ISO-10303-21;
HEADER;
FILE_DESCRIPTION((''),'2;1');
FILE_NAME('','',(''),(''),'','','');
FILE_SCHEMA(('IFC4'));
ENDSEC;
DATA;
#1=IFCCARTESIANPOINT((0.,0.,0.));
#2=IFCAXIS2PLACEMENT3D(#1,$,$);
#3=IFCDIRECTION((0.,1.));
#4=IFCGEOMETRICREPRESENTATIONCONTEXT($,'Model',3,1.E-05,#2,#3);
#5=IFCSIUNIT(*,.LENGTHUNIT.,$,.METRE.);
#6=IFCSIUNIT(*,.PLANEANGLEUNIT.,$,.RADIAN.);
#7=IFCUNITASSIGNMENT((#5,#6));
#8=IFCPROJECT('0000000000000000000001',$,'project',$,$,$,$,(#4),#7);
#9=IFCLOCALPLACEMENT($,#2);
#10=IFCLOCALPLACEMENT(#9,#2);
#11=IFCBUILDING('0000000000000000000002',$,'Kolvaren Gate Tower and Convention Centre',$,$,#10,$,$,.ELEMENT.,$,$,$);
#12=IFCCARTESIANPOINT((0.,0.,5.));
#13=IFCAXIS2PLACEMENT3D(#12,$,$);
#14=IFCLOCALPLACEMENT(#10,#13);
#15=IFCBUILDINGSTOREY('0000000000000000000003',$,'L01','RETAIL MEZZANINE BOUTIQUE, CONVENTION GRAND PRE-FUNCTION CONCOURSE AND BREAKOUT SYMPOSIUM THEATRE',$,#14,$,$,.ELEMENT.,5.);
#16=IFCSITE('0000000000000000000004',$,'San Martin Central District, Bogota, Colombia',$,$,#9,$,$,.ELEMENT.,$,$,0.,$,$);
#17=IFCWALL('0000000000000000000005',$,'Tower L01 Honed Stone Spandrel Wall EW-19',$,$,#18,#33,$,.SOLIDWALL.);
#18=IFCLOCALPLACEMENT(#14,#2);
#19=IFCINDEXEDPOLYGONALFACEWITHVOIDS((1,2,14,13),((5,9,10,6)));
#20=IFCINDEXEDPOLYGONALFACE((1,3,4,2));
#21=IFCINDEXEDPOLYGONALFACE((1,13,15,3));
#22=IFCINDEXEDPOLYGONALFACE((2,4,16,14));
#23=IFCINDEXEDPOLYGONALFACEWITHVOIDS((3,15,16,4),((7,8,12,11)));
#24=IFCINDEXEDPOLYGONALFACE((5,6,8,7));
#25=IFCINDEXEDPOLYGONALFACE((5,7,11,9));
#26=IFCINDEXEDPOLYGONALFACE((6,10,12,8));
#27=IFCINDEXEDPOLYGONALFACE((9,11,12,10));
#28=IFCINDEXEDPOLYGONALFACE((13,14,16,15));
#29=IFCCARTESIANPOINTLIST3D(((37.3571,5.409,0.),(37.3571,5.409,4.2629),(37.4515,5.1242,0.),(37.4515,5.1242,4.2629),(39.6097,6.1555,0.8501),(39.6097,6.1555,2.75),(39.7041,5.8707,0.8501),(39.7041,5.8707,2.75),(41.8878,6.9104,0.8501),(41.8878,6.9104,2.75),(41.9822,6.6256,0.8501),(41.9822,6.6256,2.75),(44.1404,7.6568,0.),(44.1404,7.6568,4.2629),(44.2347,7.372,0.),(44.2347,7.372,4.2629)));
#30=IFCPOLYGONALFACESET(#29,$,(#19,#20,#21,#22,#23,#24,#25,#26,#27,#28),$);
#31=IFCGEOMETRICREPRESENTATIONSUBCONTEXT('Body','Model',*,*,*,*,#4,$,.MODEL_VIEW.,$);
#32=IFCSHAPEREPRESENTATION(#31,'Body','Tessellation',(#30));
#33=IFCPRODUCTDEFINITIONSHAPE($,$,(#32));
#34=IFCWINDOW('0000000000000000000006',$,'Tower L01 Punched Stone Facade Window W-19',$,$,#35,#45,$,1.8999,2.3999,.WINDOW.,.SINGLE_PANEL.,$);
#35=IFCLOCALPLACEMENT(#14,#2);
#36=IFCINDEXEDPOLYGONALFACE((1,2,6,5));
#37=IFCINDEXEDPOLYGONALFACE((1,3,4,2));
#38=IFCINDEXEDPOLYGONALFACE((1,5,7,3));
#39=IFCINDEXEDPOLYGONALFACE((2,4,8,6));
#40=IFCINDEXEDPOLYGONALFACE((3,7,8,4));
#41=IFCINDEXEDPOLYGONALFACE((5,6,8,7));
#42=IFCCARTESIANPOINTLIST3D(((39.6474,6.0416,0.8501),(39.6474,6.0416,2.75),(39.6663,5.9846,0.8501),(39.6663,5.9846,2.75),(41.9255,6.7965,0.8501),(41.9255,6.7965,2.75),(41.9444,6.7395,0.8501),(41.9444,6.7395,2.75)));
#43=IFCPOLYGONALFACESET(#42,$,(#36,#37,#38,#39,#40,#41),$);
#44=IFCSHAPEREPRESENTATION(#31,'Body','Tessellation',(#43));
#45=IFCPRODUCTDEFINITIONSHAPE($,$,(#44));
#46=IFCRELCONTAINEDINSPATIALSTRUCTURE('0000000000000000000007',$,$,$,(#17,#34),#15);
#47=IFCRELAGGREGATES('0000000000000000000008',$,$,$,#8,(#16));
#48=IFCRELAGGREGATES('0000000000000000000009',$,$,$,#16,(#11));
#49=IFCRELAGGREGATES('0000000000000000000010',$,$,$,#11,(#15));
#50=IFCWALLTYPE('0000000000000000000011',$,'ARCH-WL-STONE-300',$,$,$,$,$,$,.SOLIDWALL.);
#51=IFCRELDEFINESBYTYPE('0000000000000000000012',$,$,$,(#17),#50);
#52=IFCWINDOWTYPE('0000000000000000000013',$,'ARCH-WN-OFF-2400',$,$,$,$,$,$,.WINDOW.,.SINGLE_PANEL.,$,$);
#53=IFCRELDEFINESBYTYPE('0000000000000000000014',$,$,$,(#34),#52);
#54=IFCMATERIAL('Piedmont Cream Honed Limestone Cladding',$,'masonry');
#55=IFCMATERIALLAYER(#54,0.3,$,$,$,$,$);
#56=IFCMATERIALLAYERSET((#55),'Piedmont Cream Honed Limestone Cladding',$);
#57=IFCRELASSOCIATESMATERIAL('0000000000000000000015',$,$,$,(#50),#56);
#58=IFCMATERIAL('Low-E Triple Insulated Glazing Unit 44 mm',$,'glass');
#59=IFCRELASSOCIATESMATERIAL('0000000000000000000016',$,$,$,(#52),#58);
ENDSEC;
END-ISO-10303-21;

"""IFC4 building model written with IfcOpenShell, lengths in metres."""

from ifc_helpers import new_model, si_unit, direction, frame, frame_2d, origin, place, context, subcontext, project, spatial, rectangle, extrude, material, layer, layer_set, type_object, element, fill, save


model = new_model("IFC4")

# Units and contexts
model_context = context("Model", 3, precision=1e-05, world=origin(), true_north=direction((0.0, 1.0)))
body_context = subcontext(model_context, "Body", "Model", "MODEL_VIEW")
ifc_project = project(units=[si_unit("LENGTHUNIT", "METRE"), si_unit("PLANEANGLEUNIT", "RADIAN")], contexts=[model_context])

# Site, building, storey
site_placement = place(None, origin())
site = spatial("IfcSite", under=ifc_project, at=site_placement, Name="San Martin Central District, Bogota, Colombia", CompositionType="ELEMENT", RefElevation=0.0)
building_placement = place(site_placement, origin())
building = spatial("IfcBuilding", under=site, at=building_placement, Name="Kolvaren Gate Tower and Convention Centre", CompositionType="ELEMENT")
storey_placement = place(building_placement, frame((0.0, 0.0, 5.0)))
storey = spatial("IfcBuildingStorey", under=building, at=storey_placement, Name="L01", Description="RETAIL MEZZANINE BOUTIQUE, CONVENTION GRAND PRE-FUNCTION CONCOURSE AND BREAKOUT SYMPOSIUM THEATRE", CompositionType="ELEMENT", Elevation=5.0)

# Wall, opening, window
ifc_material_1 = material(Name="Piedmont Cream Honed Limestone Cladding", Category="masonry")
ifc_layer_1 = layer(ifc_material_1, 0.3)
ifc_layer_set_1 = layer_set([ifc_layer_1], Name="Piedmont Cream Honed Limestone Cladding")
wall_type_1 = type_object("IfcWallType", Name="ARCH-WL-STONE-300", PredefinedType="SOLIDWALL", material=ifc_layer_set_1)
ifc_material_2 = material(Name="Low-E Triple Insulated Glazing Unit 44 mm", Category="glass")
window_type = type_object("IfcWindowType", Name="ARCH-WN-OFF-2400", PartitioningType="SINGLE_PANEL", PredefinedType="WINDOW", material=ifc_material_2)
wall_1_placement = place(storey_placement, frame((37.4043, 5.2666, 0.0), z_axis=(0.0, 0.0, 1.0), x_axis=(0.949239, 0.314557, 0.0)))
wall_1 = element("IfcWall", 1, at=wall_1_placement, inside=storey, type_object=wall_type_1, Name="Tower L01 Honed Stone Spandrel Wall EW-19", PredefinedType="SOLIDWALL", context=body_context, shape_type="SweptSolid", body=[
    extrude(rectangle(XDim=7.146, YDim=0.3, at=frame_2d((3.573, 0.0))), origin(), (0.0, 0.0, 1.0), 4.2629),
])
opening_1_placement = place(wall_1_placement, frame((2.373, 0.0, 0.8501)))
opening_1 = element("IfcOpeningElement", 2, at=opening_1_placement, cuts=wall_1, PredefinedType="OPENING", context=body_context, shape_type="SweptSolid", body=[
    extrude(rectangle(XDim=2.3999, YDim=1.8999, at=frame_2d((1.2, 0.95))), frame((0.0, 0.1599, 0.0), z_axis=(0.0, -1.0, 0.0), x_axis=(1.0, 0.0, 0.0)), (0.0, 0.0, 1.0), 0.3201),
])
window_1_placement = place(opening_1_placement, origin())
window_1 = element("IfcWindow", 3, at=window_1_placement, inside=storey, type_object=window_type, Name="Tower L01 Punched Stone Facade Window W-19", OverallHeight=1.8999, OverallWidth=2.3999, PartitioningType="SINGLE_PANEL", PredefinedType="WINDOW", context=body_context, shape_type="SweptSolid", body=[
    extrude(rectangle(XDim=2.3999, YDim=1.8999, at=frame_2d((1.2, 0.95))), frame((0.0, 0.03, 0.0), z_axis=(0.0, -1.0, 0.0), x_axis=(1.0, 0.0, 0.0)), (0.0, 0.0, 1.0), 0.0601),
])
fill(opening_1, window_1)

save(model, "model.ifc")
